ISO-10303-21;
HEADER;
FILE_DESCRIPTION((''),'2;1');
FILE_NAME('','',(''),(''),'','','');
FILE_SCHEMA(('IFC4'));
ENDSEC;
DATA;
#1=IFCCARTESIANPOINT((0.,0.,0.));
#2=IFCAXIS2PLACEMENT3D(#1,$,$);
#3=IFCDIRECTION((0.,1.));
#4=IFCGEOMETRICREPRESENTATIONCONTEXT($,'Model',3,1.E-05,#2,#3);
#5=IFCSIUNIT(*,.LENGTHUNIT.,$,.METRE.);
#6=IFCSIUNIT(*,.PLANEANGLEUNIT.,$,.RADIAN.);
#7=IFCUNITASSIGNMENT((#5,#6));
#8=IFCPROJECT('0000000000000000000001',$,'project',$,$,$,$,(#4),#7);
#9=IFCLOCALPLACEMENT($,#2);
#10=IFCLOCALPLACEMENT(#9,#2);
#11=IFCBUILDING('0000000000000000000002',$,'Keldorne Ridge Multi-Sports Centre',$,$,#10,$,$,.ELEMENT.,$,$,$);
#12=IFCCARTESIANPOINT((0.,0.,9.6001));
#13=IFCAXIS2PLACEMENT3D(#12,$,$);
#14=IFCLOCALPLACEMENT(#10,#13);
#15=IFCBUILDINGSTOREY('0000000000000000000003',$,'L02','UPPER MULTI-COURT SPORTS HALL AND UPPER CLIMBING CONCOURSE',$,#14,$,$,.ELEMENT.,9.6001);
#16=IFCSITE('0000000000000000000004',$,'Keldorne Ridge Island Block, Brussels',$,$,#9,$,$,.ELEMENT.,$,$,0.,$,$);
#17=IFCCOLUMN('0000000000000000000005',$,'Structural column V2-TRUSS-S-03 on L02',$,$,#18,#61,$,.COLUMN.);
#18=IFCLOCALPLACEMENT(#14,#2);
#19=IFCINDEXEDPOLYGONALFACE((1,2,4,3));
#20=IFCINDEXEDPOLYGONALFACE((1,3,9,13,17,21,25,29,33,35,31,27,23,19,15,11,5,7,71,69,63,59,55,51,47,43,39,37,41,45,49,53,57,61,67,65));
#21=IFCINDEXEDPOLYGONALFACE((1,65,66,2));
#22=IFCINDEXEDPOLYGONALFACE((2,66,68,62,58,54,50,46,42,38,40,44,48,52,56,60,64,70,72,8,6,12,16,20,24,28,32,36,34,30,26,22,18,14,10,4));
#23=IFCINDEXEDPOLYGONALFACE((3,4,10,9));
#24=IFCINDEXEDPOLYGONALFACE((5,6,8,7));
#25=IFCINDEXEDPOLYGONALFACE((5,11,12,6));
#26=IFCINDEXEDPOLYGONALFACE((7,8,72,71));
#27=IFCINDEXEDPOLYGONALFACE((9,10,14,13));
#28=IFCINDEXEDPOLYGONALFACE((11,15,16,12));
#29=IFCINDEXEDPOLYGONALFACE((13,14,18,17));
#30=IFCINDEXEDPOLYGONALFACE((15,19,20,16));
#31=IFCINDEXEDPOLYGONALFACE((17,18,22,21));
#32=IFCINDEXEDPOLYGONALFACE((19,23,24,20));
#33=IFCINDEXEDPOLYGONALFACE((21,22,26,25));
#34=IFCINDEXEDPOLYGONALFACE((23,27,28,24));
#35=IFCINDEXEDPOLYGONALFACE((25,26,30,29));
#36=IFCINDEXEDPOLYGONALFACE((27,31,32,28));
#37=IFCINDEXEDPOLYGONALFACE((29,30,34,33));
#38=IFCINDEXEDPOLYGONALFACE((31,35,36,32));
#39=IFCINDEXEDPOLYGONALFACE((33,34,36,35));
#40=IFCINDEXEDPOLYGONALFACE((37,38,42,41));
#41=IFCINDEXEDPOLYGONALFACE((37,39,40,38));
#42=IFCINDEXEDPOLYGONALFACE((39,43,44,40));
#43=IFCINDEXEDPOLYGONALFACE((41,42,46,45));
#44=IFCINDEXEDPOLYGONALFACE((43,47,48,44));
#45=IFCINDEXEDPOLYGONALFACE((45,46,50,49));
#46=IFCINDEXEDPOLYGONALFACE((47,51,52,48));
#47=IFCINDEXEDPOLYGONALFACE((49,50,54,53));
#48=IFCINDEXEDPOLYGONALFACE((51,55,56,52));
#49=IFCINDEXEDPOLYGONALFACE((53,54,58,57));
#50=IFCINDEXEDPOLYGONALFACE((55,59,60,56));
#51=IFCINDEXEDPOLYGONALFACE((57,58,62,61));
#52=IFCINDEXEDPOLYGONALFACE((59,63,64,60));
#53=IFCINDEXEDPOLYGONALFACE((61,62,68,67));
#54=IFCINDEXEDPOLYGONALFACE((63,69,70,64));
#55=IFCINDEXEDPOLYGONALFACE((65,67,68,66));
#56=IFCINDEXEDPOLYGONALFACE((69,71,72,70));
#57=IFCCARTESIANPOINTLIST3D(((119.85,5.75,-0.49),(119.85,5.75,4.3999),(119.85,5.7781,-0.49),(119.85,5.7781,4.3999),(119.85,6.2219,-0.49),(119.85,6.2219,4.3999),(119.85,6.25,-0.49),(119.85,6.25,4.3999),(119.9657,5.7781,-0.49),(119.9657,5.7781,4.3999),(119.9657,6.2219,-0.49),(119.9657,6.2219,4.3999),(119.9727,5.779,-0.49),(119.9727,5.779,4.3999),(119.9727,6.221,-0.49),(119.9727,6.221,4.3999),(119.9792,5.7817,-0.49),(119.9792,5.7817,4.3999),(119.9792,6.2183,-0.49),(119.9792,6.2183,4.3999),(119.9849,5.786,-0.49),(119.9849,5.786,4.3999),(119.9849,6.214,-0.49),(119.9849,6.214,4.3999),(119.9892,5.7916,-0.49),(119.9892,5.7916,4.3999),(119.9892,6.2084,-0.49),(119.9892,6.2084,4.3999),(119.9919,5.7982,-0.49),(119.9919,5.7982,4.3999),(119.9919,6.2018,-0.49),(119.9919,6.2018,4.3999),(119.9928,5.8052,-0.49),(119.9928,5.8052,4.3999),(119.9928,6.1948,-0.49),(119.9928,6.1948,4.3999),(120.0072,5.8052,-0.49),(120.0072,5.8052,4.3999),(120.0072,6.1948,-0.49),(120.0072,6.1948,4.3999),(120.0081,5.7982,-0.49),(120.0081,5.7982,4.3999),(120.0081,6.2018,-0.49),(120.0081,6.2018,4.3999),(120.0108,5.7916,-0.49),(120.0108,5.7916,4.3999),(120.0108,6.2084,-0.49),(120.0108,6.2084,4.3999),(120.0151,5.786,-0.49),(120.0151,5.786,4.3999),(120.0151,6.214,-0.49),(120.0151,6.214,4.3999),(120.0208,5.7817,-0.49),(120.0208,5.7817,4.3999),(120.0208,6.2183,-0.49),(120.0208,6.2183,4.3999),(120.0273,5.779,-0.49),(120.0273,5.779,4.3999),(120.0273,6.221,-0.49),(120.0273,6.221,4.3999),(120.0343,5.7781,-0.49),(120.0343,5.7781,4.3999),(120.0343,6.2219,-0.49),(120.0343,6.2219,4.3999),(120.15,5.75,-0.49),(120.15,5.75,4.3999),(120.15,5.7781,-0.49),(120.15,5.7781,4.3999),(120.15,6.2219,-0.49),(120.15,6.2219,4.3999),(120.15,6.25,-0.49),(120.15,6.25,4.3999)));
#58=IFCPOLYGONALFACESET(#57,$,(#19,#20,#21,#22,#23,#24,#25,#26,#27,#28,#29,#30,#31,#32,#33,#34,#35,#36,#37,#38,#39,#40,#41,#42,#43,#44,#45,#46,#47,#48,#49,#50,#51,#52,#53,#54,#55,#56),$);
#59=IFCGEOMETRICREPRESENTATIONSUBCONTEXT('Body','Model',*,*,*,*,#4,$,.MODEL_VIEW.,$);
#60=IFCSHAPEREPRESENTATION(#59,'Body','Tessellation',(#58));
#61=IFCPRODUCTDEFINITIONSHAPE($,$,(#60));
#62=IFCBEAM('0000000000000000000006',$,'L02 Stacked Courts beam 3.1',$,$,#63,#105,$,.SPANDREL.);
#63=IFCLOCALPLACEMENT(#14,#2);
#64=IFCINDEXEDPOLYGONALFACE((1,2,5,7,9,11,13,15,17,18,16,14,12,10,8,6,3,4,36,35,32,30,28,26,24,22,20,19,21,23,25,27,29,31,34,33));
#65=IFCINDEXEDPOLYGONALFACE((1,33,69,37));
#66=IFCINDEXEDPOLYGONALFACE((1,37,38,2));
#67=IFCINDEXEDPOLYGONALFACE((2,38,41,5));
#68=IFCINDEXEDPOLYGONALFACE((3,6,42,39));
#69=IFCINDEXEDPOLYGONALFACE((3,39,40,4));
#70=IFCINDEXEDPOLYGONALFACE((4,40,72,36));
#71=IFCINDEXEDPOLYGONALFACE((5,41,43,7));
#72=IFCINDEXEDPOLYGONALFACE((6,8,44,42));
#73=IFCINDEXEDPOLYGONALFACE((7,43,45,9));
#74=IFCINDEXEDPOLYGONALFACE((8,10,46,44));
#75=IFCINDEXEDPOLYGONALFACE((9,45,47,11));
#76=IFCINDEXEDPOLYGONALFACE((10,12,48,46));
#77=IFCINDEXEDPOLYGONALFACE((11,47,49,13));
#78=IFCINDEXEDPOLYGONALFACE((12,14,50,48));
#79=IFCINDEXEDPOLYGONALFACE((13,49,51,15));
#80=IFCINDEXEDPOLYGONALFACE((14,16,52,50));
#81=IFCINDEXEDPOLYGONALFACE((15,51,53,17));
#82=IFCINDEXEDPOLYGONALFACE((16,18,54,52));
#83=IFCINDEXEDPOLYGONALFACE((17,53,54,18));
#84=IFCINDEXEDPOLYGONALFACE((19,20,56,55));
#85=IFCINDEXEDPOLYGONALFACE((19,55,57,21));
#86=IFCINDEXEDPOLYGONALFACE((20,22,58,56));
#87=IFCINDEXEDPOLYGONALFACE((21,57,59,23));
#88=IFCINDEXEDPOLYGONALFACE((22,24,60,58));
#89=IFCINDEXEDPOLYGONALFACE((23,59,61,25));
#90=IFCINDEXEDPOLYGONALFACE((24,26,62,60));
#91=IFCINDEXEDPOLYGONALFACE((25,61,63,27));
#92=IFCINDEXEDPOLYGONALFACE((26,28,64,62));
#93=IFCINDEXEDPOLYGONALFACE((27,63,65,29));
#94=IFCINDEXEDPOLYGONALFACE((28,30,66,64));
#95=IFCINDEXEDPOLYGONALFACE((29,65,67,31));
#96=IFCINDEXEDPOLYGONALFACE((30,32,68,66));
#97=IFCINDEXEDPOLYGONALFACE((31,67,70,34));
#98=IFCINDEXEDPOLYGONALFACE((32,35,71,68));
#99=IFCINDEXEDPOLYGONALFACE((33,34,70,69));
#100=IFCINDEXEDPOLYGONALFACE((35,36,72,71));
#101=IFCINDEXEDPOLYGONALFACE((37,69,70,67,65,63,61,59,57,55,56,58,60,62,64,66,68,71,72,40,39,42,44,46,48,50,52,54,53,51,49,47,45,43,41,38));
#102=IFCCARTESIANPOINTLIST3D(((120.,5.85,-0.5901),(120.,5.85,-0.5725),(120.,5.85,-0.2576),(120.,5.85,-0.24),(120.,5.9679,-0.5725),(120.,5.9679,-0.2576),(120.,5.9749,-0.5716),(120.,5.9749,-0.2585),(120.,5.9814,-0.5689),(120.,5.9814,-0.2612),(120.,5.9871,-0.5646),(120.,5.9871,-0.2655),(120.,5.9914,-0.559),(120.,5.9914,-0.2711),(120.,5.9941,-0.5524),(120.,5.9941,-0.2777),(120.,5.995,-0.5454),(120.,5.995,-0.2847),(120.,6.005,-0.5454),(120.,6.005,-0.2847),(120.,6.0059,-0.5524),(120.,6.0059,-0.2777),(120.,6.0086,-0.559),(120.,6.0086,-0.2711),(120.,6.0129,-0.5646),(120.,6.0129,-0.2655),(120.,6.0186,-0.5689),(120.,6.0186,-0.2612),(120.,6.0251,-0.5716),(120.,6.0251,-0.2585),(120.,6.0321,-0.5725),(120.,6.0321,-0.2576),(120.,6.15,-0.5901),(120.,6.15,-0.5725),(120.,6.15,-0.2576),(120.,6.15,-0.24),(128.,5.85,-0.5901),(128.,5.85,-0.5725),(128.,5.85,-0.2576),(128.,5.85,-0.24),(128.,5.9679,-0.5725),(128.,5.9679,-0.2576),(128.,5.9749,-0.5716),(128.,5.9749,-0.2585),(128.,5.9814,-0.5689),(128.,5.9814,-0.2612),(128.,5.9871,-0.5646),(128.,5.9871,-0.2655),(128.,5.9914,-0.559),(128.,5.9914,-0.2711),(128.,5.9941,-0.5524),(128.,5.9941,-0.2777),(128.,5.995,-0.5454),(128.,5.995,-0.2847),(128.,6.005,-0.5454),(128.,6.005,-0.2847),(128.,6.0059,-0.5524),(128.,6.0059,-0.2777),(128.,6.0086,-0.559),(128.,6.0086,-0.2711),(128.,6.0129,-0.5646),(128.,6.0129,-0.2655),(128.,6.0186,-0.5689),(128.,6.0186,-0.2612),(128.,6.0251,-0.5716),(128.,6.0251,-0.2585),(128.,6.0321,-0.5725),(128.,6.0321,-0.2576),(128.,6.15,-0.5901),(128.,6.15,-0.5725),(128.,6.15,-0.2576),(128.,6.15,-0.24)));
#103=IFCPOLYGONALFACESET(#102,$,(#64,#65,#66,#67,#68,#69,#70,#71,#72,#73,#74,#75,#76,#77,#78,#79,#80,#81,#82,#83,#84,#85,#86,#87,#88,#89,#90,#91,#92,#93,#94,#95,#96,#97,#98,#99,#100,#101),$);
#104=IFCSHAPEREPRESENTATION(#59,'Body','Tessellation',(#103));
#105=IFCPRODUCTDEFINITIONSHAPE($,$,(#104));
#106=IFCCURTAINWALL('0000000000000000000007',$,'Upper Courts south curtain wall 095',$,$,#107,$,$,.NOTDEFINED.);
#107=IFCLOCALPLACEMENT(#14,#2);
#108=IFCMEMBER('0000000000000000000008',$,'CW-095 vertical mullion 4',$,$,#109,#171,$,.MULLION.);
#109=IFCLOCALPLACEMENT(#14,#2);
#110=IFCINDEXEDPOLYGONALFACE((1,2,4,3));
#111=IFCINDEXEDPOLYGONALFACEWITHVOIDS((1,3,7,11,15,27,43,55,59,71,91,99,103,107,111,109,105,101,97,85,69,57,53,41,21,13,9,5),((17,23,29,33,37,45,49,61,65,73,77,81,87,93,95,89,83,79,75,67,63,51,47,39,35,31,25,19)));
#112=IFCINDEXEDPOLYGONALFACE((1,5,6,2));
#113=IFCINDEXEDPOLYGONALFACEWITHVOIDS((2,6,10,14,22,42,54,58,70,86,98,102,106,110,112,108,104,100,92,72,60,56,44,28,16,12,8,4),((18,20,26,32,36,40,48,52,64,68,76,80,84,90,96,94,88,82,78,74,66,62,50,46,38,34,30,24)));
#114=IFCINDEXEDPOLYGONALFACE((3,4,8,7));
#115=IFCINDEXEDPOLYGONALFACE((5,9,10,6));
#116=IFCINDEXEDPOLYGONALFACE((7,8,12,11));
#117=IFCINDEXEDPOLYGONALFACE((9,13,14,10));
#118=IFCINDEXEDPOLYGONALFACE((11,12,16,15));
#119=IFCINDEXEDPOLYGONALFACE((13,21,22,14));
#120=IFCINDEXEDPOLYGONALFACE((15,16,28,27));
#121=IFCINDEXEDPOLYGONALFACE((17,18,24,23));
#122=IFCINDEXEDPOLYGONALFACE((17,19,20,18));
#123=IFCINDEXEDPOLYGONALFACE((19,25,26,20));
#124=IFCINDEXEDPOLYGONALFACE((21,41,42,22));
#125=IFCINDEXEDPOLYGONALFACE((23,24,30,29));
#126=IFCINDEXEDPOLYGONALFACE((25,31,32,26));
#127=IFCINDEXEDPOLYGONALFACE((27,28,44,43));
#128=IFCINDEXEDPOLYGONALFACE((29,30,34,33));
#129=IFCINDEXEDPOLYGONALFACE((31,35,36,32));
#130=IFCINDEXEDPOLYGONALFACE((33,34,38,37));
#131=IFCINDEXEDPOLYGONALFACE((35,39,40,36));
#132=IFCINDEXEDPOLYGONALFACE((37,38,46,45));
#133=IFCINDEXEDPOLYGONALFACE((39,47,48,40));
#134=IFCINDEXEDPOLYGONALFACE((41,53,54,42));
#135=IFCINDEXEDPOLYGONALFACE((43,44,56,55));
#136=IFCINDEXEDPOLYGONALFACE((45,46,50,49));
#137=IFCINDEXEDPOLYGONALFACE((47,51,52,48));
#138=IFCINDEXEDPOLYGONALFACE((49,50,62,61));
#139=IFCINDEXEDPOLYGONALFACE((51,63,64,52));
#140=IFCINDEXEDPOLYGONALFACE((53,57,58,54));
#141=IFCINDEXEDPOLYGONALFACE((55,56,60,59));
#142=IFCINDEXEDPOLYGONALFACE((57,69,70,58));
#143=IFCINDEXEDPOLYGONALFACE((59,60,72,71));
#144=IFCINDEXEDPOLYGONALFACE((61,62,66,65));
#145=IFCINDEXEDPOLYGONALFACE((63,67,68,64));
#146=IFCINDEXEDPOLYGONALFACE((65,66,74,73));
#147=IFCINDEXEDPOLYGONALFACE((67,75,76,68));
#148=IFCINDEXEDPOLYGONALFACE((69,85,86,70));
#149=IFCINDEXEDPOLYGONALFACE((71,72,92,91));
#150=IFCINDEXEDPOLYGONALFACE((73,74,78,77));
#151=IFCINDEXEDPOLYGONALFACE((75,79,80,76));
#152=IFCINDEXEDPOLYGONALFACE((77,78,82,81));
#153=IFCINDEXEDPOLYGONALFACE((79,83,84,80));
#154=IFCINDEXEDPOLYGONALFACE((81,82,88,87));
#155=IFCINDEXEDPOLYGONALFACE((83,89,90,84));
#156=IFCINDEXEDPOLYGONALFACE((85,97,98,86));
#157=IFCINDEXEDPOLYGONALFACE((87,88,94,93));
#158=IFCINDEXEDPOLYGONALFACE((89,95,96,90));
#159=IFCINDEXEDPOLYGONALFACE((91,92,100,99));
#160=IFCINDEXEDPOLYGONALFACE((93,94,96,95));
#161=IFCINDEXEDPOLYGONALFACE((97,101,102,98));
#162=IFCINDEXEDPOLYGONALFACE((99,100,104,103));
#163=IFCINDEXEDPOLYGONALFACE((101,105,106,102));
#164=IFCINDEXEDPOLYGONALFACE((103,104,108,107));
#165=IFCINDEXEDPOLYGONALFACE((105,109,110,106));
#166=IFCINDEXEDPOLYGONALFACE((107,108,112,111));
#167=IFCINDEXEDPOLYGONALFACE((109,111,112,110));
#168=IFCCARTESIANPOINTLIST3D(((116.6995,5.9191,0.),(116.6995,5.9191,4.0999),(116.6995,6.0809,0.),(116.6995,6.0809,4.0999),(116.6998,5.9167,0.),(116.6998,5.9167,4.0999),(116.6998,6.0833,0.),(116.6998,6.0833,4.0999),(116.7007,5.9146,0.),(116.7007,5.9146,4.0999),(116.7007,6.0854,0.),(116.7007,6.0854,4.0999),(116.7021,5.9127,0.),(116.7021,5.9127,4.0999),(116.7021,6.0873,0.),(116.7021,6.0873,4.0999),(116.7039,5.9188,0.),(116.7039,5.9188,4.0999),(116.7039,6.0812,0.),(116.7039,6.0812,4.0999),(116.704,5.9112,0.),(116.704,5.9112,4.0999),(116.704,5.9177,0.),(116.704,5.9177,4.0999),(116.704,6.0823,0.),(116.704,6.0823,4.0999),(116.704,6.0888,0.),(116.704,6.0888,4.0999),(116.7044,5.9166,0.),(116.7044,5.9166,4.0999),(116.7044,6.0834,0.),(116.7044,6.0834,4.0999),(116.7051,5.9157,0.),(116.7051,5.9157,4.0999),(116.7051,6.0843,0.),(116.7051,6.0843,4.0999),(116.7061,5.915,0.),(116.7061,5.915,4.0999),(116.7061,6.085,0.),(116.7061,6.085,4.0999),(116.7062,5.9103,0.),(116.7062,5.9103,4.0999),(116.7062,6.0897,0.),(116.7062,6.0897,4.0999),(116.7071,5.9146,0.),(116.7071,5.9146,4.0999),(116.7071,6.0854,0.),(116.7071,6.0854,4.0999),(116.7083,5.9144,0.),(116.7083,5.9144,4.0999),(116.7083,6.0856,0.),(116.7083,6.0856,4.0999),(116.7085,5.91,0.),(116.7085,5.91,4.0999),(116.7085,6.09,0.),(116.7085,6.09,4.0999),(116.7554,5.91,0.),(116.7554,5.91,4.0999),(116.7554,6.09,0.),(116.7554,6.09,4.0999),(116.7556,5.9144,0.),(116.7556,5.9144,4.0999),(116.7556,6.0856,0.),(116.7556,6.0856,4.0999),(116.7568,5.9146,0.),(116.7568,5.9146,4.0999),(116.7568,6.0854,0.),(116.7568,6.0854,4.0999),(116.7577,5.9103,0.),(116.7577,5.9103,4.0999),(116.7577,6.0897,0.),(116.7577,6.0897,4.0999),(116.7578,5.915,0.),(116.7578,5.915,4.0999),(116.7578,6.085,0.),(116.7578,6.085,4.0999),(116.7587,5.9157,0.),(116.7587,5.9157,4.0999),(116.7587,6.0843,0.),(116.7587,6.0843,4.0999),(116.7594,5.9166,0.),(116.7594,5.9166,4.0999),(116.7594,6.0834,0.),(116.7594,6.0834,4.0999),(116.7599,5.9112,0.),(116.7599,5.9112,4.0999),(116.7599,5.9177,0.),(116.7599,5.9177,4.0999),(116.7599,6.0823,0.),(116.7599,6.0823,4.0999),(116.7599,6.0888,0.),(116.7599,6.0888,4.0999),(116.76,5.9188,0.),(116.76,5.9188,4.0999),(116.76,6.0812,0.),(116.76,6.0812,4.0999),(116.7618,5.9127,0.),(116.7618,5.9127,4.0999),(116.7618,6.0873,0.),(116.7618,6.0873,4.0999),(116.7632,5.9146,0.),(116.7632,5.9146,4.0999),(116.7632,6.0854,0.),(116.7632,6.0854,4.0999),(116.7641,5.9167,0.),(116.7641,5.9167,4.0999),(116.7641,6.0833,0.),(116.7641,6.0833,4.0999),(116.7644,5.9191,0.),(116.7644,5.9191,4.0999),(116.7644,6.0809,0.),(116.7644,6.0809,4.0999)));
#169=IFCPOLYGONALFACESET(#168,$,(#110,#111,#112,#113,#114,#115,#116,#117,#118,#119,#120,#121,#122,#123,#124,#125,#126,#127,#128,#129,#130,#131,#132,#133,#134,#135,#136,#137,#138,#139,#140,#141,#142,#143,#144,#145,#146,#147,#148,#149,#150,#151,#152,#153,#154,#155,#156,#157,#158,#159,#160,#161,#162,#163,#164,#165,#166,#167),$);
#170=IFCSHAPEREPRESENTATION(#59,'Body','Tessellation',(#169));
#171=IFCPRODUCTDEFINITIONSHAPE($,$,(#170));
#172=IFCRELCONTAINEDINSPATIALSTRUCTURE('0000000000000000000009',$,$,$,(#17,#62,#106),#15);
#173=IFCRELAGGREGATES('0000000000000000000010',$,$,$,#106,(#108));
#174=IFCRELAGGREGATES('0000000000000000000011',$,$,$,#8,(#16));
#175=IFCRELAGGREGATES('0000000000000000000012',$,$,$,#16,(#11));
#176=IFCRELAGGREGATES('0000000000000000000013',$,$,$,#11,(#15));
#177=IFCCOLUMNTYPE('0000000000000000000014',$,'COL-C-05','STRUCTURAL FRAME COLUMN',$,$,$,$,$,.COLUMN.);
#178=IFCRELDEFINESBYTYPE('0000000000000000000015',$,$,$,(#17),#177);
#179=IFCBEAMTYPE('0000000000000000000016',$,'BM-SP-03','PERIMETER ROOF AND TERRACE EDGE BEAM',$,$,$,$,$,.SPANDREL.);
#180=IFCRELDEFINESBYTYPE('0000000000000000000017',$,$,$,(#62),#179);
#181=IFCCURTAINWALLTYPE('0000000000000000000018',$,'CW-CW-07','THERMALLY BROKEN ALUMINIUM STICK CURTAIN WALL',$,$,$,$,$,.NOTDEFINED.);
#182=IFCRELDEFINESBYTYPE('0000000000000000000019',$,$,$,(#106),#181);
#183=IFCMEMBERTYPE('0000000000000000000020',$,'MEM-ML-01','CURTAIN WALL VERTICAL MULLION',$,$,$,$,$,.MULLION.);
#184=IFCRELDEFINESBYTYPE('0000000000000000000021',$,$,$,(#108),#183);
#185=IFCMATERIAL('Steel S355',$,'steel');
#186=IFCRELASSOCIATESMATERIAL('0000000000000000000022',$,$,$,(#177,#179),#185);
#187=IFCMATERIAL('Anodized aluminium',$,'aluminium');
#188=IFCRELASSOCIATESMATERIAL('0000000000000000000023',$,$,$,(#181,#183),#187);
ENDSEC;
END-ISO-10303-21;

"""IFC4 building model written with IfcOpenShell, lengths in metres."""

from ifc_helpers import new_model, si_unit, direction, frame, origin, origin_2d, place, context, subcontext, project, spatial, hollow_rectangle, i_section, extrude, material, material_profile, profile_set, type_object, element, aggregate, save


model = new_model("IFC4")

# Units and contexts
model_context = context("Model", 3, precision=1e-05, world=origin(), true_north=direction((0.0, 1.0)))
body_context = subcontext(model_context, "Body", "Model", "MODEL_VIEW")
ifc_project = project(units=[si_unit("LENGTHUNIT", "METRE"), si_unit("PLANEANGLEUNIT", "RADIAN")], contexts=[model_context])

# Site, building, storey
site_placement = place(None, origin())
site = spatial("IfcSite", under=ifc_project, at=site_placement, Name="Keldorne Ridge Island Block, Brussels", CompositionType="ELEMENT", RefElevation=0.0)
building_placement = place(site_placement, origin())
building = spatial("IfcBuilding", under=site, at=building_placement, Name="Keldorne Ridge Multi-Sports Centre", CompositionType="ELEMENT")
storey_placement = place(building_placement, frame((0.0, 0.0, 9.6001)))
storey = spatial("IfcBuildingStorey", under=building, at=storey_placement, Name="L02", Description="UPPER MULTI-COURT SPORTS HALL AND UPPER CLIMBING CONCOURSE", CompositionType="ELEMENT", Elevation=9.6001)

# Column
ifc_material_1 = material(Name="Steel S355", Category="steel")
ifc_material_profile_1 = material_profile(ifc_material_1, i_section(OverallWidth=0.3, OverallDepth=0.5, WebThickness=0.0144, FlangeThickness=0.0281, FilletRadius=0.0271, at=origin_2d()), Name="HEB 500")
ifc_profile_set_1 = profile_set([ifc_material_profile_1], Name="Steel S355")
column_type = type_object("IfcColumnType", Name="COL-C-05", Description="STRUCTURAL FRAME COLUMN", PredefinedType="COLUMN", material=ifc_profile_set_1)
column_placement = place(storey_placement, frame((120.0, 6.0, -0.49), z_axis=(0.0, 0.0, 1.0), x_axis=(1.0, 0.0, 0.0)))
element("IfcColumn", 1, at=column_placement, inside=storey, type_object=column_type, Name="Structural column V2-TRUSS-S-03 on L02", PredefinedType="COLUMN", context=body_context, shape_type="SweptSolid", body=[
    extrude(i_section(OverallWidth=0.3, OverallDepth=0.5, WebThickness=0.0144, FlangeThickness=0.0281, FilletRadius=0.0271, at=origin_2d()), origin(), (0.0, 0.0, 1.0), 4.8899),
])

# Beam
ifc_material_profile_2 = material_profile(ifc_material_1, i_section(OverallWidth=0.3, OverallDepth=0.3501, WebThickness=0.01, FlangeThickness=0.0176, FilletRadius=0.0271, at=origin_2d()), Name="HEA 360")
ifc_profile_set_2 = profile_set([ifc_material_profile_2], Name="Steel S355")
beam_type = type_object("IfcBeamType", Name="BM-SP-03", Description="PERIMETER ROOF AND TERRACE EDGE BEAM", PredefinedType="SPANDREL", material=ifc_profile_set_2)
beam_placement = place(storey_placement, frame((120.0, 6.0, -0.415), z_axis=(1.0, 0.0, 0.0), x_axis=(0.0, 1.0, 0.0)))
element("IfcBeam", 2, at=beam_placement, inside=storey, type_object=beam_type, Name="L02 Stacked Courts beam 3.1", PredefinedType="SPANDREL", context=body_context, shape_type="SweptSolid", body=[
    extrude(i_section(OverallWidth=0.3, OverallDepth=0.3501, WebThickness=0.01, FlangeThickness=0.0176, FilletRadius=0.0271, at=origin_2d()), origin(), (0.0, 0.0, 1.0), 8.0),
])

# Curtain wall, member
ifc_material_2 = material(Name="Anodized aluminium", Category="aluminium")
curtain_wall_type_1 = type_object("IfcCurtainWallType", Name="CW-CW-07", Description="THERMALLY BROKEN ALUMINIUM STICK CURTAIN WALL", PredefinedType="NOTDEFINED", material=ifc_material_2)
curtain_wall_1_placement = place(storey_placement, origin())
curtain_wall_1 = element("IfcCurtainWall", 3, at=curtain_wall_1_placement, inside=storey, type_object=curtain_wall_type_1, Name="Upper Courts south curtain wall 095", PredefinedType="NOTDEFINED")
ifc_material_profile_3 = material_profile(ifc_material_2, hollow_rectangle(XDim=0.0649, YDim=0.1799, WallThickness=0.0044, InnerFilletRadius=0.0044, OuterFilletRadius=0.009, at=origin_2d()), Name="ALU MULLION 180x65x4.5")
ifc_profile_set_3 = profile_set([ifc_material_profile_3], Name="Anodized aluminium")
member_type_1 = type_object("IfcMemberType", Name="MEM-ML-01", Description="CURTAIN WALL VERTICAL MULLION", PredefinedType="MULLION", material=ifc_profile_set_3)
member_1_placement = place(storey_placement, frame((116.7319, 6.0, 0.0), z_axis=(0.0, 0.0, 1.0), x_axis=(1.0, 0.0, 0.0)))
member_1 = element("IfcMember", 4, at=member_1_placement, type_object=member_type_1, Name="CW-095 vertical mullion 4", PredefinedType="MULLION", context=body_context, shape_type="SweptSolid", body=[
    extrude(hollow_rectangle(XDim=0.0649, YDim=0.1799, WallThickness=0.0044, InnerFilletRadius=0.0044, OuterFilletRadius=0.009, at=origin_2d()), origin(), (0.0, 0.0, 1.0), 4.0999),
])

aggregate(curtain_wall_1, [member_1])

save(model, "model.ifc")
